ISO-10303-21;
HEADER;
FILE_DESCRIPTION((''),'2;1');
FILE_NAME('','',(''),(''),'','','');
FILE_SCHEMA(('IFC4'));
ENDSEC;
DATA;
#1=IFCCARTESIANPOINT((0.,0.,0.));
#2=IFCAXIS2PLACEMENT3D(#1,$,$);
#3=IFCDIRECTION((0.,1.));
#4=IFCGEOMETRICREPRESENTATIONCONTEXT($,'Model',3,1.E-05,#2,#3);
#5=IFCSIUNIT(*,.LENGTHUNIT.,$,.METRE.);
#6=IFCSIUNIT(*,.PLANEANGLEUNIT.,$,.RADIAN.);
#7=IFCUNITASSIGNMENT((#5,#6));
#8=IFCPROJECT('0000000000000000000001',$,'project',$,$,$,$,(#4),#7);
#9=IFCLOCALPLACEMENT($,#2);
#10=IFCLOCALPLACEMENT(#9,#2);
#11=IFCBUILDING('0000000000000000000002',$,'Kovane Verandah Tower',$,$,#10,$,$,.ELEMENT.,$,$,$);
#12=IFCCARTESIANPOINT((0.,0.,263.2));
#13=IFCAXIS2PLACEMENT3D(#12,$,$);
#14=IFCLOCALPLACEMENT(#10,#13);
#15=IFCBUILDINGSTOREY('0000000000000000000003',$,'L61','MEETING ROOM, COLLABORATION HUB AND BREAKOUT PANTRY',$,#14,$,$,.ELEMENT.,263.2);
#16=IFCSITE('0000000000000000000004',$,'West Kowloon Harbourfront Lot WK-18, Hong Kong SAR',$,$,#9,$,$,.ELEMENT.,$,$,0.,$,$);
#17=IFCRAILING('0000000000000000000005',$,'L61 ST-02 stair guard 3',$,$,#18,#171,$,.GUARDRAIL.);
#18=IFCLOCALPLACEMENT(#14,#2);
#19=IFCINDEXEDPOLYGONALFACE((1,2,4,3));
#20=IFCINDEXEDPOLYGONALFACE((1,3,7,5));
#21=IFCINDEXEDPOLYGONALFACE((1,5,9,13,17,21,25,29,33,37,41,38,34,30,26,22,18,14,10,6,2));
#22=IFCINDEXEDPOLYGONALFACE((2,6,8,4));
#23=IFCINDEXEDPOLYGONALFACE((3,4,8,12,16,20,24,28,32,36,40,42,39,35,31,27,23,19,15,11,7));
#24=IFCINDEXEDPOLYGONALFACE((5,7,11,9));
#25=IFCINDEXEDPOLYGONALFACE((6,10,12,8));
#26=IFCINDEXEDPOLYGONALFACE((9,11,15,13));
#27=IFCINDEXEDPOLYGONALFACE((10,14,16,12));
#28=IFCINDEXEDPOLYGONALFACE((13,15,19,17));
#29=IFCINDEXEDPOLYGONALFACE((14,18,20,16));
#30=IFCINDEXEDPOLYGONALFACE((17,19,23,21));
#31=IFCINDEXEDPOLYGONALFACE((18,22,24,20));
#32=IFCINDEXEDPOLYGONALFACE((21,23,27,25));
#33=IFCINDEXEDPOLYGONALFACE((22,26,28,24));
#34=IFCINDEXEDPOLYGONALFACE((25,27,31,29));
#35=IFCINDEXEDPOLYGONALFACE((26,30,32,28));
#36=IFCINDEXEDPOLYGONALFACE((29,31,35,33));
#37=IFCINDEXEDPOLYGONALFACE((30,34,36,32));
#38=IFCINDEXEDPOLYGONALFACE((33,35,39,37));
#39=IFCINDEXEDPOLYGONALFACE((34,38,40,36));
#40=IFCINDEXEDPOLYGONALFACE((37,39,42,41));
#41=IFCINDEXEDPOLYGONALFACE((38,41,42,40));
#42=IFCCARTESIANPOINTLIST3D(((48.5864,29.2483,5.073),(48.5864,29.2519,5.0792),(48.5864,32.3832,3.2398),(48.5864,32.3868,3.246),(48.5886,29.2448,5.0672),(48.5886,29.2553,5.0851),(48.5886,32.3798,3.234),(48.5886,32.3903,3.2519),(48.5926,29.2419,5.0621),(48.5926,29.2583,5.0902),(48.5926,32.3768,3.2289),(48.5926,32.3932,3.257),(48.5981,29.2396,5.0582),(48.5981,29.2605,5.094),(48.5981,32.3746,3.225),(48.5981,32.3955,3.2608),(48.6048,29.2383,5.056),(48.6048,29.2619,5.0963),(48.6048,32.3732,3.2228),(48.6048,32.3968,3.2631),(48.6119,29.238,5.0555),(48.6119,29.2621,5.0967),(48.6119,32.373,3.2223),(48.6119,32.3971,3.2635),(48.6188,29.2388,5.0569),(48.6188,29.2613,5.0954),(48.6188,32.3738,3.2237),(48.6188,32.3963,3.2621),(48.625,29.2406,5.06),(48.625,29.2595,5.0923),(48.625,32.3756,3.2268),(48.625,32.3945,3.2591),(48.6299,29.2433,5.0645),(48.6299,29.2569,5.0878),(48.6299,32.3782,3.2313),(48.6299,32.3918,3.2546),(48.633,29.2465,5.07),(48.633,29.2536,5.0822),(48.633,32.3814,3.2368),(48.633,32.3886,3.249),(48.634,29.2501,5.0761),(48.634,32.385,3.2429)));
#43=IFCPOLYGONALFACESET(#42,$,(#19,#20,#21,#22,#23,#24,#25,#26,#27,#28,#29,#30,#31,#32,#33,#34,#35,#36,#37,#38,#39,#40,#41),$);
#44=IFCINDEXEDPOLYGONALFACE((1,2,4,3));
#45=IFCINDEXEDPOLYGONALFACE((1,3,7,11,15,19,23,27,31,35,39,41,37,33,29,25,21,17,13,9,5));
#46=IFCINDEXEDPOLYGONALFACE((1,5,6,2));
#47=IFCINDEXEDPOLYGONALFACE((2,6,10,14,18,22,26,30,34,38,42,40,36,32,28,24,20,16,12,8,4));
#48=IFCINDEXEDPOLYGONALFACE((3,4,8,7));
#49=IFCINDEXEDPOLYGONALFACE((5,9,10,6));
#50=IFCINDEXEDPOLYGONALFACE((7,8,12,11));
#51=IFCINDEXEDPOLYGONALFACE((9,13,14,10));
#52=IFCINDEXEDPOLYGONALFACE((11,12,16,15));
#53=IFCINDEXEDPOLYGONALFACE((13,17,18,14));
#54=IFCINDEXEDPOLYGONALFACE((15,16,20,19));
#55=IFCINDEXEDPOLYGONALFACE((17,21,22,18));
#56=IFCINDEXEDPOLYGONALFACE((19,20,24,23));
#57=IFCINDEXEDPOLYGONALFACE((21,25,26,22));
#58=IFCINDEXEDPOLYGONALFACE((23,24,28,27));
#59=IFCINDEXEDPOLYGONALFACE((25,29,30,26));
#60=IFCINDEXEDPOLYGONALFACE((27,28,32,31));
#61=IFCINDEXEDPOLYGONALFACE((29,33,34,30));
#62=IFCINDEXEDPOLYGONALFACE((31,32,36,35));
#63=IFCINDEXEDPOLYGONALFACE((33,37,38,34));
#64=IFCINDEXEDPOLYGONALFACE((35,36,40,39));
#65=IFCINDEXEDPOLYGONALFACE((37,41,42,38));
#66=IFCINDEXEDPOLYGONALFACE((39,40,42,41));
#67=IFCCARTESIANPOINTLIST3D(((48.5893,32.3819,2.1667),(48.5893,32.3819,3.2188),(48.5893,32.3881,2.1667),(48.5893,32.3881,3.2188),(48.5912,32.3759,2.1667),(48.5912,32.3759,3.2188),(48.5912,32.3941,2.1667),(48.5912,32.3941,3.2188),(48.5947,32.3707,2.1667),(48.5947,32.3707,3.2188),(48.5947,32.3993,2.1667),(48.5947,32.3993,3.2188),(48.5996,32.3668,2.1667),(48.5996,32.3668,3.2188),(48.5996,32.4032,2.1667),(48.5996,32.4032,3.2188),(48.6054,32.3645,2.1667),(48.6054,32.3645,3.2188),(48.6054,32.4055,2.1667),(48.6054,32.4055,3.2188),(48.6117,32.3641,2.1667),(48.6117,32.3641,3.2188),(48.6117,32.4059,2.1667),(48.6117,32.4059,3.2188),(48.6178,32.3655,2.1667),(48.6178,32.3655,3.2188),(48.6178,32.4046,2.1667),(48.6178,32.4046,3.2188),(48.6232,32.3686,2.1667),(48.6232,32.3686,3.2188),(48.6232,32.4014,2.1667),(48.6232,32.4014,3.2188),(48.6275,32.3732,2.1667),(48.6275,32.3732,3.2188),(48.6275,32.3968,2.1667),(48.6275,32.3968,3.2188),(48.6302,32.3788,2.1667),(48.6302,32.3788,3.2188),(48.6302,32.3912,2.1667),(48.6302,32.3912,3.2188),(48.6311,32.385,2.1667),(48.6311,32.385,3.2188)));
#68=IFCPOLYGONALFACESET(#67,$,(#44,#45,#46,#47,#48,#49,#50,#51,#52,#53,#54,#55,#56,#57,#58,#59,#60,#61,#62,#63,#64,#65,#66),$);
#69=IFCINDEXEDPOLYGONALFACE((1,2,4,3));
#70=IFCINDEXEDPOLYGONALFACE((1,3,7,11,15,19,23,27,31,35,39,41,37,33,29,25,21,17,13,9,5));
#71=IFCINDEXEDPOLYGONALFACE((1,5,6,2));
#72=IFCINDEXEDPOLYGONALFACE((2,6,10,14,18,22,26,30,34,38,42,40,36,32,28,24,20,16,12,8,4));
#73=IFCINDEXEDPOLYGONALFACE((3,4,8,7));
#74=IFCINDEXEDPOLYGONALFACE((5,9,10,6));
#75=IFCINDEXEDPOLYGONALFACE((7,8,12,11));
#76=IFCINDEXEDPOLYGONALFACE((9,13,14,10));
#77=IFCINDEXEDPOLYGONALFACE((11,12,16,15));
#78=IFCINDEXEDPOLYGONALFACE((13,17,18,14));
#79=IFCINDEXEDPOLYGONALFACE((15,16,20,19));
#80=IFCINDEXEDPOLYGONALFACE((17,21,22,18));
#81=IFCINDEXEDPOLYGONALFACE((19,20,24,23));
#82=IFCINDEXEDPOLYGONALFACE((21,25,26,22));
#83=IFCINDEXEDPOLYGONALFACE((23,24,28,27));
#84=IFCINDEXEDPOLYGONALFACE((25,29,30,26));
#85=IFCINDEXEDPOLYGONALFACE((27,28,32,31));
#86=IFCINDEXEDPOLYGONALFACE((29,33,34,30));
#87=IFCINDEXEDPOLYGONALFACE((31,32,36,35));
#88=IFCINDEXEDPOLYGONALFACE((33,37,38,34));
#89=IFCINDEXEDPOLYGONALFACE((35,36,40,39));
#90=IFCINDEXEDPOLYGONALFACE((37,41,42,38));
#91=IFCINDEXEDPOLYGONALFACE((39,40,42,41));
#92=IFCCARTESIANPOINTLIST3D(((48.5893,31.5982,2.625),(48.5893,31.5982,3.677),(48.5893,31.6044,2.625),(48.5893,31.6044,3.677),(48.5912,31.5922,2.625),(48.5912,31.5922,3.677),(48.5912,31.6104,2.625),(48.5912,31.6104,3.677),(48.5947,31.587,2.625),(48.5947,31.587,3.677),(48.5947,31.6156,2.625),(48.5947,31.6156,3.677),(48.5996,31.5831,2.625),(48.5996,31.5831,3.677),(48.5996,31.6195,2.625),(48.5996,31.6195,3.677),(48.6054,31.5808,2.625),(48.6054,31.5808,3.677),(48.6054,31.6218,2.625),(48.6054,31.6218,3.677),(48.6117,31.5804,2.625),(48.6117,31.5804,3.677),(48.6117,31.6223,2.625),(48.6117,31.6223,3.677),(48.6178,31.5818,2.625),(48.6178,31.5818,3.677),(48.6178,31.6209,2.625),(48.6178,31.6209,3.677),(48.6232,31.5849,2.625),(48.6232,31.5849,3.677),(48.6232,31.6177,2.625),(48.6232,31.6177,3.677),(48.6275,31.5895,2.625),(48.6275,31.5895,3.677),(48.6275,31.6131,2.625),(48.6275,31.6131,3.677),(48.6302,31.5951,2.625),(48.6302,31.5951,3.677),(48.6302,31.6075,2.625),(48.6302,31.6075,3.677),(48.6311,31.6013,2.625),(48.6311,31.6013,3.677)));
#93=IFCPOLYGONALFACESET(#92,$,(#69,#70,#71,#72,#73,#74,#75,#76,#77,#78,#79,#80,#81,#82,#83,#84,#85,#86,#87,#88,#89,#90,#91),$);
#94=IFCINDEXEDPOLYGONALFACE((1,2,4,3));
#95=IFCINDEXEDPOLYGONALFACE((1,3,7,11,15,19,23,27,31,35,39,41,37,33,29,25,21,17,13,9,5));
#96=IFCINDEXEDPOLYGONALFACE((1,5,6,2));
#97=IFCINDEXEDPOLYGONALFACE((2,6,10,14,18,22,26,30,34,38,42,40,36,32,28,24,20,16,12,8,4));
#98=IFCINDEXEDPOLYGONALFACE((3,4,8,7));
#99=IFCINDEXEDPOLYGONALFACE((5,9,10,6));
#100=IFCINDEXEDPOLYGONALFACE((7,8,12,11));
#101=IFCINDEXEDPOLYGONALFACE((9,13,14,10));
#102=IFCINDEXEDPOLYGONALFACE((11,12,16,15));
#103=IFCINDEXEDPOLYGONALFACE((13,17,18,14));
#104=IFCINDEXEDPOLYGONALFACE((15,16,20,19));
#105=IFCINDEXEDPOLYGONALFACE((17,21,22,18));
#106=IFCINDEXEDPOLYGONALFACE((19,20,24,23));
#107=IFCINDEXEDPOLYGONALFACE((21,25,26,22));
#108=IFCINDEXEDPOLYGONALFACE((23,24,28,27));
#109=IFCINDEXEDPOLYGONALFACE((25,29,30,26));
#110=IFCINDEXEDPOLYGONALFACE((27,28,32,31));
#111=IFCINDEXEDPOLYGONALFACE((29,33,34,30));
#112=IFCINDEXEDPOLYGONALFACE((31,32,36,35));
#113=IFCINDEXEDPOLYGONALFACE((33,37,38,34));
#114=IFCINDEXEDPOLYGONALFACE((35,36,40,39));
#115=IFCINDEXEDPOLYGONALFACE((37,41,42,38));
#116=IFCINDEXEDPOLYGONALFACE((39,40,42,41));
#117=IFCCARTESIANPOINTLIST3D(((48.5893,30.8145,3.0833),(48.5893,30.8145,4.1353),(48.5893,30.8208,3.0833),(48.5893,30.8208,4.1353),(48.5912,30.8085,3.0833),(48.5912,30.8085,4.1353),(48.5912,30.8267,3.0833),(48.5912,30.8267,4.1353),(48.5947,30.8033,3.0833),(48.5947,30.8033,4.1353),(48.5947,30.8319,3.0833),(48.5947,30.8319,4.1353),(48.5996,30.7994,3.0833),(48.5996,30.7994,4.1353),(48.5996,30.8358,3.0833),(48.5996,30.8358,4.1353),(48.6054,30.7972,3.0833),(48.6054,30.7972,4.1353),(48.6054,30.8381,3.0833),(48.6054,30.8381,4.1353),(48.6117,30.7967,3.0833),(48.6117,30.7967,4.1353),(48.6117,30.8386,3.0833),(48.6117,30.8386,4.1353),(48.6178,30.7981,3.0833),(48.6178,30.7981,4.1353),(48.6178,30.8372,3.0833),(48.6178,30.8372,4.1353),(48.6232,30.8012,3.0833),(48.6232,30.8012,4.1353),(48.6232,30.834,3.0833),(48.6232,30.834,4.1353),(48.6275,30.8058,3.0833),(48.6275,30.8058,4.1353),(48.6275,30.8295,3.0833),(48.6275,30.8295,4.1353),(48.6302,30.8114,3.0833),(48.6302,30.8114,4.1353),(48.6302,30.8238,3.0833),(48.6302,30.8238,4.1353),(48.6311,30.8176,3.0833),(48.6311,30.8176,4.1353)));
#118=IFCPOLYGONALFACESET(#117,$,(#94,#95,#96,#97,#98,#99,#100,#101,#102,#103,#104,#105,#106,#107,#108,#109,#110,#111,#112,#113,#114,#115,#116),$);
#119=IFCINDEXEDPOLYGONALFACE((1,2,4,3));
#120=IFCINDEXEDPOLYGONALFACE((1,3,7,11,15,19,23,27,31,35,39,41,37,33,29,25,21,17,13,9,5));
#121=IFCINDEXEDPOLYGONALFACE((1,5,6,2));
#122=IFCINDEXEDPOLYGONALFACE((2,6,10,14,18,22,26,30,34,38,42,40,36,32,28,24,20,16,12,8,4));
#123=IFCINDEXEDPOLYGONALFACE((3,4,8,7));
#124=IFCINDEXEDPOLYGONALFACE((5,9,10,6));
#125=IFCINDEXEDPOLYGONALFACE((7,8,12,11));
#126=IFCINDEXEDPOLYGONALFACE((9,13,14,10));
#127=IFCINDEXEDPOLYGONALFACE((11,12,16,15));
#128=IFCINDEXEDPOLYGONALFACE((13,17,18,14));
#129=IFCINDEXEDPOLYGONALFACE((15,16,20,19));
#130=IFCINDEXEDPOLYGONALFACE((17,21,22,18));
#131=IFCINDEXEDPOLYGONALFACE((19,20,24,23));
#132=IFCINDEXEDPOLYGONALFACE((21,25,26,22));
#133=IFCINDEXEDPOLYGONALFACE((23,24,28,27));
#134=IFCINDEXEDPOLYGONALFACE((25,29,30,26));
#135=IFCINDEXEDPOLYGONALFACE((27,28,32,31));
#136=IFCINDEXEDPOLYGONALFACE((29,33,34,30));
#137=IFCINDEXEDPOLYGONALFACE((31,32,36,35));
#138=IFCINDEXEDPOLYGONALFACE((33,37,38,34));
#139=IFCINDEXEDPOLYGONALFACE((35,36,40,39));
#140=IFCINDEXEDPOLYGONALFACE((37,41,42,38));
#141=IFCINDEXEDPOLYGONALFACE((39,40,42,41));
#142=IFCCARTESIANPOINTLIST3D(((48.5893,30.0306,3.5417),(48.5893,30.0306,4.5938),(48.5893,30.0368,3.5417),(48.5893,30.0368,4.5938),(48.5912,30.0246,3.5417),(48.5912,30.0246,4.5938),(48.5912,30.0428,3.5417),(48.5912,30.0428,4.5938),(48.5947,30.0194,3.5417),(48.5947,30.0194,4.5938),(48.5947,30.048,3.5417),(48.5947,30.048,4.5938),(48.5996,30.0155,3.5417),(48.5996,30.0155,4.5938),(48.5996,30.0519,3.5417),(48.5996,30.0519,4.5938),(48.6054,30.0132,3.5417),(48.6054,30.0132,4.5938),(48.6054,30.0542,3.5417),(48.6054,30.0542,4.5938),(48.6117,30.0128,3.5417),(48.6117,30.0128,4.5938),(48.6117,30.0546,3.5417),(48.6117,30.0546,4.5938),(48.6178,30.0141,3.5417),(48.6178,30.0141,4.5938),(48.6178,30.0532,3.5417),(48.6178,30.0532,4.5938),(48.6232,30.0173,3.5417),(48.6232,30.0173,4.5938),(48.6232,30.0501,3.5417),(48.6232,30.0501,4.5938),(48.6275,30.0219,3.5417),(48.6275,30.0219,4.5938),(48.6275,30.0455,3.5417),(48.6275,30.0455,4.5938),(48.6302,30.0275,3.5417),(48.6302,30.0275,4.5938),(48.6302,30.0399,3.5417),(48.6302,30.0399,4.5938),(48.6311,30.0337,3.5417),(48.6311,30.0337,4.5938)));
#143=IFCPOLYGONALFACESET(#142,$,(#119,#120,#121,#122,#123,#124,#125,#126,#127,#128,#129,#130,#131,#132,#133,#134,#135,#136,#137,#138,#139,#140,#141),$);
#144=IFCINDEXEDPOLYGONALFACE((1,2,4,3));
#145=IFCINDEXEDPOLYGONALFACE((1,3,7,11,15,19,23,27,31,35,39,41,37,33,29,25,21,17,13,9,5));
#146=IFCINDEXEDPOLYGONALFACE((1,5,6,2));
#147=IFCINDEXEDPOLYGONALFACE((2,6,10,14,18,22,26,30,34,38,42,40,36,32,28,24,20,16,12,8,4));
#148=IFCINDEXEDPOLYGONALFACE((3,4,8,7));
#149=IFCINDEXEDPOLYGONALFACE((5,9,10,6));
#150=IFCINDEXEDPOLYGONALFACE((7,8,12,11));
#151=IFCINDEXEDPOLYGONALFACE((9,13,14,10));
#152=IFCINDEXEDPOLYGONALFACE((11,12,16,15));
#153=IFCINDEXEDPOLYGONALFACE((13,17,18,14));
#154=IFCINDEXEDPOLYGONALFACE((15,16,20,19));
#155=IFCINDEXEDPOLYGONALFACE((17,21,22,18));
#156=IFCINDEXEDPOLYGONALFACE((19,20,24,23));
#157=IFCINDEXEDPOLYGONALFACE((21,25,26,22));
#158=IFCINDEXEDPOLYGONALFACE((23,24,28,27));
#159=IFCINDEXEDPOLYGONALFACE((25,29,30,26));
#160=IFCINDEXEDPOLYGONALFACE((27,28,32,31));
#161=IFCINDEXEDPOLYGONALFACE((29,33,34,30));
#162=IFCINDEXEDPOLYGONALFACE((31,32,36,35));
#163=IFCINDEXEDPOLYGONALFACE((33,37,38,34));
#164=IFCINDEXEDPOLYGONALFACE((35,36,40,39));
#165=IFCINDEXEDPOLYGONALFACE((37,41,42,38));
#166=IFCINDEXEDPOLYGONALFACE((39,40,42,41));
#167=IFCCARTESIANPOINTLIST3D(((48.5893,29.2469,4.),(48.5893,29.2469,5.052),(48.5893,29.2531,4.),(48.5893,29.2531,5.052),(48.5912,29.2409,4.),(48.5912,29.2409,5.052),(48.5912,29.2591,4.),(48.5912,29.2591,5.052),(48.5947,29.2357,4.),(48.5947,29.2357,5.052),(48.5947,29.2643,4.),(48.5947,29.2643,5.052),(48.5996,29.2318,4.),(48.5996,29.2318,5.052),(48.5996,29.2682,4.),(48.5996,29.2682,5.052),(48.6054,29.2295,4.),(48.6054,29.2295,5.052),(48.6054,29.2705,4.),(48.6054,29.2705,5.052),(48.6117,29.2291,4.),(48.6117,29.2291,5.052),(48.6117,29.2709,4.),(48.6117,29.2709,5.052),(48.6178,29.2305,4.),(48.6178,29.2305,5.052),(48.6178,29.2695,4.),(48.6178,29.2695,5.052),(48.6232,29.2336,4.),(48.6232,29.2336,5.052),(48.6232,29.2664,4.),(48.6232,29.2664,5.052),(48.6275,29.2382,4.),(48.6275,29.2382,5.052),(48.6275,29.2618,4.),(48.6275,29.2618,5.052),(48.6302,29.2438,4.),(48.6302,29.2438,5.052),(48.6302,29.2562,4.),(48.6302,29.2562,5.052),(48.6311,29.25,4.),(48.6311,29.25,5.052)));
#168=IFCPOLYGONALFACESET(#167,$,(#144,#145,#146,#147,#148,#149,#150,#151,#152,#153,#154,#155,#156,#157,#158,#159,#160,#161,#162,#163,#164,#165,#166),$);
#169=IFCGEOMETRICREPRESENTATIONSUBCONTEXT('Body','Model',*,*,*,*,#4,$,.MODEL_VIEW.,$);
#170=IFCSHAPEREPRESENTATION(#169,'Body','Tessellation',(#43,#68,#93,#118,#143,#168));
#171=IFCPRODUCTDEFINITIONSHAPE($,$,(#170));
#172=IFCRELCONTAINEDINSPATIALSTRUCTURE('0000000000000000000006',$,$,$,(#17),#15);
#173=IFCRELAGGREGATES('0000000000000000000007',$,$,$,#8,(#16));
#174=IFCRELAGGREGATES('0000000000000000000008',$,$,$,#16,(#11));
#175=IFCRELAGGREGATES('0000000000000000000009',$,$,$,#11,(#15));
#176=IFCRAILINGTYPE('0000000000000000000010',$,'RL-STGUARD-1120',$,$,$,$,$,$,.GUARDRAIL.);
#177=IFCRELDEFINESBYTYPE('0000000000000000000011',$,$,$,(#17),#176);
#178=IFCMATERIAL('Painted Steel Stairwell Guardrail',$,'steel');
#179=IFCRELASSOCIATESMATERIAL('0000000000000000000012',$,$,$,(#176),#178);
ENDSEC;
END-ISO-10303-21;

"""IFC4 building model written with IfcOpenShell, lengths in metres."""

from ifc_helpers import new_model, si_unit, direction, frame, origin, origin_2d, place, context, subcontext, project, spatial, circle, extrude, material, type_object, element, save


model = new_model("IFC4")

# Units and contexts
model_context = context("Model", 3, precision=1e-05, world=origin(), true_north=direction((0.0, 1.0)))
body_context = subcontext(model_context, "Body", "Model", "MODEL_VIEW")
ifc_project = project(units=[si_unit("LENGTHUNIT", "METRE"), si_unit("PLANEANGLEUNIT", "RADIAN")], contexts=[model_context])

# Site, building, storey
site_placement = place(None, origin())
site = spatial("IfcSite", under=ifc_project, at=site_placement, Name="West Kowloon Harbourfront Lot WK-18, Hong Kong SAR", CompositionType="ELEMENT", RefElevation=0.0)
building_placement = place(site_placement, origin())
building = spatial("IfcBuilding", under=site, at=building_placement, Name="Kovane Verandah Tower", CompositionType="ELEMENT")
storey_placement = place(building_placement, frame((0.0, 0.0, 263.2)))
storey = spatial("IfcBuildingStorey", under=building, at=storey_placement, Name="L61", Description="MEETING ROOM, COLLABORATION HUB AND BREAKOUT PANTRY", CompositionType="ELEMENT", Elevation=263.2)

# Railing
ifc_material_1 = material(Name="Painted Steel Stairwell Guardrail", Category="steel")
railing_type_1 = type_object("IfcRailingType", Name="RL-STGUARD-1120", PredefinedType="GUARDRAIL", material=ifc_material_1)
railing_1_placement = place(storey_placement, frame((48.6101, 32.385, 2.1667)))
element("IfcRailing", 1, at=railing_1_placement, inside=storey, type_object=railing_type_1, Name="L61 ST-02 stair guard 3", PredefinedType="GUARDRAIL", context=body_context, shape_type="SweptSolid", body=[
    extrude(circle(Radius=0.0239, at=origin_2d()), frame((0.0, 0.0, 1.0762), z_axis=(0.0, -0.86324, 0.504794), x_axis=(1.0, 0.0, 0.0)), (0.0, 0.0, 1.0), 3.6316),
    extrude(circle(Radius=0.021, at=origin_2d()), origin(), (0.0, 0.0, 1.0), 1.052),
    extrude(circle(Radius=0.021, at=origin_2d()), frame((0.0, -0.7837, 0.4583)), (0.0, 0.0, 1.0), 1.052),
    extrude(circle(Radius=0.021, at=origin_2d()), frame((0.0, -1.5674, 0.9165)), (0.0, 0.0, 1.0), 1.052),
    extrude(circle(Radius=0.021, at=origin_2d()), frame((0.0, -2.3513, 1.375)), (0.0, 0.0, 1.0), 1.052),
    extrude(circle(Radius=0.021, at=origin_2d()), frame((0.0, -3.135, 1.8333)), (0.0, 0.0, 1.0), 1.052),
])

save(model, "model.ifc")
